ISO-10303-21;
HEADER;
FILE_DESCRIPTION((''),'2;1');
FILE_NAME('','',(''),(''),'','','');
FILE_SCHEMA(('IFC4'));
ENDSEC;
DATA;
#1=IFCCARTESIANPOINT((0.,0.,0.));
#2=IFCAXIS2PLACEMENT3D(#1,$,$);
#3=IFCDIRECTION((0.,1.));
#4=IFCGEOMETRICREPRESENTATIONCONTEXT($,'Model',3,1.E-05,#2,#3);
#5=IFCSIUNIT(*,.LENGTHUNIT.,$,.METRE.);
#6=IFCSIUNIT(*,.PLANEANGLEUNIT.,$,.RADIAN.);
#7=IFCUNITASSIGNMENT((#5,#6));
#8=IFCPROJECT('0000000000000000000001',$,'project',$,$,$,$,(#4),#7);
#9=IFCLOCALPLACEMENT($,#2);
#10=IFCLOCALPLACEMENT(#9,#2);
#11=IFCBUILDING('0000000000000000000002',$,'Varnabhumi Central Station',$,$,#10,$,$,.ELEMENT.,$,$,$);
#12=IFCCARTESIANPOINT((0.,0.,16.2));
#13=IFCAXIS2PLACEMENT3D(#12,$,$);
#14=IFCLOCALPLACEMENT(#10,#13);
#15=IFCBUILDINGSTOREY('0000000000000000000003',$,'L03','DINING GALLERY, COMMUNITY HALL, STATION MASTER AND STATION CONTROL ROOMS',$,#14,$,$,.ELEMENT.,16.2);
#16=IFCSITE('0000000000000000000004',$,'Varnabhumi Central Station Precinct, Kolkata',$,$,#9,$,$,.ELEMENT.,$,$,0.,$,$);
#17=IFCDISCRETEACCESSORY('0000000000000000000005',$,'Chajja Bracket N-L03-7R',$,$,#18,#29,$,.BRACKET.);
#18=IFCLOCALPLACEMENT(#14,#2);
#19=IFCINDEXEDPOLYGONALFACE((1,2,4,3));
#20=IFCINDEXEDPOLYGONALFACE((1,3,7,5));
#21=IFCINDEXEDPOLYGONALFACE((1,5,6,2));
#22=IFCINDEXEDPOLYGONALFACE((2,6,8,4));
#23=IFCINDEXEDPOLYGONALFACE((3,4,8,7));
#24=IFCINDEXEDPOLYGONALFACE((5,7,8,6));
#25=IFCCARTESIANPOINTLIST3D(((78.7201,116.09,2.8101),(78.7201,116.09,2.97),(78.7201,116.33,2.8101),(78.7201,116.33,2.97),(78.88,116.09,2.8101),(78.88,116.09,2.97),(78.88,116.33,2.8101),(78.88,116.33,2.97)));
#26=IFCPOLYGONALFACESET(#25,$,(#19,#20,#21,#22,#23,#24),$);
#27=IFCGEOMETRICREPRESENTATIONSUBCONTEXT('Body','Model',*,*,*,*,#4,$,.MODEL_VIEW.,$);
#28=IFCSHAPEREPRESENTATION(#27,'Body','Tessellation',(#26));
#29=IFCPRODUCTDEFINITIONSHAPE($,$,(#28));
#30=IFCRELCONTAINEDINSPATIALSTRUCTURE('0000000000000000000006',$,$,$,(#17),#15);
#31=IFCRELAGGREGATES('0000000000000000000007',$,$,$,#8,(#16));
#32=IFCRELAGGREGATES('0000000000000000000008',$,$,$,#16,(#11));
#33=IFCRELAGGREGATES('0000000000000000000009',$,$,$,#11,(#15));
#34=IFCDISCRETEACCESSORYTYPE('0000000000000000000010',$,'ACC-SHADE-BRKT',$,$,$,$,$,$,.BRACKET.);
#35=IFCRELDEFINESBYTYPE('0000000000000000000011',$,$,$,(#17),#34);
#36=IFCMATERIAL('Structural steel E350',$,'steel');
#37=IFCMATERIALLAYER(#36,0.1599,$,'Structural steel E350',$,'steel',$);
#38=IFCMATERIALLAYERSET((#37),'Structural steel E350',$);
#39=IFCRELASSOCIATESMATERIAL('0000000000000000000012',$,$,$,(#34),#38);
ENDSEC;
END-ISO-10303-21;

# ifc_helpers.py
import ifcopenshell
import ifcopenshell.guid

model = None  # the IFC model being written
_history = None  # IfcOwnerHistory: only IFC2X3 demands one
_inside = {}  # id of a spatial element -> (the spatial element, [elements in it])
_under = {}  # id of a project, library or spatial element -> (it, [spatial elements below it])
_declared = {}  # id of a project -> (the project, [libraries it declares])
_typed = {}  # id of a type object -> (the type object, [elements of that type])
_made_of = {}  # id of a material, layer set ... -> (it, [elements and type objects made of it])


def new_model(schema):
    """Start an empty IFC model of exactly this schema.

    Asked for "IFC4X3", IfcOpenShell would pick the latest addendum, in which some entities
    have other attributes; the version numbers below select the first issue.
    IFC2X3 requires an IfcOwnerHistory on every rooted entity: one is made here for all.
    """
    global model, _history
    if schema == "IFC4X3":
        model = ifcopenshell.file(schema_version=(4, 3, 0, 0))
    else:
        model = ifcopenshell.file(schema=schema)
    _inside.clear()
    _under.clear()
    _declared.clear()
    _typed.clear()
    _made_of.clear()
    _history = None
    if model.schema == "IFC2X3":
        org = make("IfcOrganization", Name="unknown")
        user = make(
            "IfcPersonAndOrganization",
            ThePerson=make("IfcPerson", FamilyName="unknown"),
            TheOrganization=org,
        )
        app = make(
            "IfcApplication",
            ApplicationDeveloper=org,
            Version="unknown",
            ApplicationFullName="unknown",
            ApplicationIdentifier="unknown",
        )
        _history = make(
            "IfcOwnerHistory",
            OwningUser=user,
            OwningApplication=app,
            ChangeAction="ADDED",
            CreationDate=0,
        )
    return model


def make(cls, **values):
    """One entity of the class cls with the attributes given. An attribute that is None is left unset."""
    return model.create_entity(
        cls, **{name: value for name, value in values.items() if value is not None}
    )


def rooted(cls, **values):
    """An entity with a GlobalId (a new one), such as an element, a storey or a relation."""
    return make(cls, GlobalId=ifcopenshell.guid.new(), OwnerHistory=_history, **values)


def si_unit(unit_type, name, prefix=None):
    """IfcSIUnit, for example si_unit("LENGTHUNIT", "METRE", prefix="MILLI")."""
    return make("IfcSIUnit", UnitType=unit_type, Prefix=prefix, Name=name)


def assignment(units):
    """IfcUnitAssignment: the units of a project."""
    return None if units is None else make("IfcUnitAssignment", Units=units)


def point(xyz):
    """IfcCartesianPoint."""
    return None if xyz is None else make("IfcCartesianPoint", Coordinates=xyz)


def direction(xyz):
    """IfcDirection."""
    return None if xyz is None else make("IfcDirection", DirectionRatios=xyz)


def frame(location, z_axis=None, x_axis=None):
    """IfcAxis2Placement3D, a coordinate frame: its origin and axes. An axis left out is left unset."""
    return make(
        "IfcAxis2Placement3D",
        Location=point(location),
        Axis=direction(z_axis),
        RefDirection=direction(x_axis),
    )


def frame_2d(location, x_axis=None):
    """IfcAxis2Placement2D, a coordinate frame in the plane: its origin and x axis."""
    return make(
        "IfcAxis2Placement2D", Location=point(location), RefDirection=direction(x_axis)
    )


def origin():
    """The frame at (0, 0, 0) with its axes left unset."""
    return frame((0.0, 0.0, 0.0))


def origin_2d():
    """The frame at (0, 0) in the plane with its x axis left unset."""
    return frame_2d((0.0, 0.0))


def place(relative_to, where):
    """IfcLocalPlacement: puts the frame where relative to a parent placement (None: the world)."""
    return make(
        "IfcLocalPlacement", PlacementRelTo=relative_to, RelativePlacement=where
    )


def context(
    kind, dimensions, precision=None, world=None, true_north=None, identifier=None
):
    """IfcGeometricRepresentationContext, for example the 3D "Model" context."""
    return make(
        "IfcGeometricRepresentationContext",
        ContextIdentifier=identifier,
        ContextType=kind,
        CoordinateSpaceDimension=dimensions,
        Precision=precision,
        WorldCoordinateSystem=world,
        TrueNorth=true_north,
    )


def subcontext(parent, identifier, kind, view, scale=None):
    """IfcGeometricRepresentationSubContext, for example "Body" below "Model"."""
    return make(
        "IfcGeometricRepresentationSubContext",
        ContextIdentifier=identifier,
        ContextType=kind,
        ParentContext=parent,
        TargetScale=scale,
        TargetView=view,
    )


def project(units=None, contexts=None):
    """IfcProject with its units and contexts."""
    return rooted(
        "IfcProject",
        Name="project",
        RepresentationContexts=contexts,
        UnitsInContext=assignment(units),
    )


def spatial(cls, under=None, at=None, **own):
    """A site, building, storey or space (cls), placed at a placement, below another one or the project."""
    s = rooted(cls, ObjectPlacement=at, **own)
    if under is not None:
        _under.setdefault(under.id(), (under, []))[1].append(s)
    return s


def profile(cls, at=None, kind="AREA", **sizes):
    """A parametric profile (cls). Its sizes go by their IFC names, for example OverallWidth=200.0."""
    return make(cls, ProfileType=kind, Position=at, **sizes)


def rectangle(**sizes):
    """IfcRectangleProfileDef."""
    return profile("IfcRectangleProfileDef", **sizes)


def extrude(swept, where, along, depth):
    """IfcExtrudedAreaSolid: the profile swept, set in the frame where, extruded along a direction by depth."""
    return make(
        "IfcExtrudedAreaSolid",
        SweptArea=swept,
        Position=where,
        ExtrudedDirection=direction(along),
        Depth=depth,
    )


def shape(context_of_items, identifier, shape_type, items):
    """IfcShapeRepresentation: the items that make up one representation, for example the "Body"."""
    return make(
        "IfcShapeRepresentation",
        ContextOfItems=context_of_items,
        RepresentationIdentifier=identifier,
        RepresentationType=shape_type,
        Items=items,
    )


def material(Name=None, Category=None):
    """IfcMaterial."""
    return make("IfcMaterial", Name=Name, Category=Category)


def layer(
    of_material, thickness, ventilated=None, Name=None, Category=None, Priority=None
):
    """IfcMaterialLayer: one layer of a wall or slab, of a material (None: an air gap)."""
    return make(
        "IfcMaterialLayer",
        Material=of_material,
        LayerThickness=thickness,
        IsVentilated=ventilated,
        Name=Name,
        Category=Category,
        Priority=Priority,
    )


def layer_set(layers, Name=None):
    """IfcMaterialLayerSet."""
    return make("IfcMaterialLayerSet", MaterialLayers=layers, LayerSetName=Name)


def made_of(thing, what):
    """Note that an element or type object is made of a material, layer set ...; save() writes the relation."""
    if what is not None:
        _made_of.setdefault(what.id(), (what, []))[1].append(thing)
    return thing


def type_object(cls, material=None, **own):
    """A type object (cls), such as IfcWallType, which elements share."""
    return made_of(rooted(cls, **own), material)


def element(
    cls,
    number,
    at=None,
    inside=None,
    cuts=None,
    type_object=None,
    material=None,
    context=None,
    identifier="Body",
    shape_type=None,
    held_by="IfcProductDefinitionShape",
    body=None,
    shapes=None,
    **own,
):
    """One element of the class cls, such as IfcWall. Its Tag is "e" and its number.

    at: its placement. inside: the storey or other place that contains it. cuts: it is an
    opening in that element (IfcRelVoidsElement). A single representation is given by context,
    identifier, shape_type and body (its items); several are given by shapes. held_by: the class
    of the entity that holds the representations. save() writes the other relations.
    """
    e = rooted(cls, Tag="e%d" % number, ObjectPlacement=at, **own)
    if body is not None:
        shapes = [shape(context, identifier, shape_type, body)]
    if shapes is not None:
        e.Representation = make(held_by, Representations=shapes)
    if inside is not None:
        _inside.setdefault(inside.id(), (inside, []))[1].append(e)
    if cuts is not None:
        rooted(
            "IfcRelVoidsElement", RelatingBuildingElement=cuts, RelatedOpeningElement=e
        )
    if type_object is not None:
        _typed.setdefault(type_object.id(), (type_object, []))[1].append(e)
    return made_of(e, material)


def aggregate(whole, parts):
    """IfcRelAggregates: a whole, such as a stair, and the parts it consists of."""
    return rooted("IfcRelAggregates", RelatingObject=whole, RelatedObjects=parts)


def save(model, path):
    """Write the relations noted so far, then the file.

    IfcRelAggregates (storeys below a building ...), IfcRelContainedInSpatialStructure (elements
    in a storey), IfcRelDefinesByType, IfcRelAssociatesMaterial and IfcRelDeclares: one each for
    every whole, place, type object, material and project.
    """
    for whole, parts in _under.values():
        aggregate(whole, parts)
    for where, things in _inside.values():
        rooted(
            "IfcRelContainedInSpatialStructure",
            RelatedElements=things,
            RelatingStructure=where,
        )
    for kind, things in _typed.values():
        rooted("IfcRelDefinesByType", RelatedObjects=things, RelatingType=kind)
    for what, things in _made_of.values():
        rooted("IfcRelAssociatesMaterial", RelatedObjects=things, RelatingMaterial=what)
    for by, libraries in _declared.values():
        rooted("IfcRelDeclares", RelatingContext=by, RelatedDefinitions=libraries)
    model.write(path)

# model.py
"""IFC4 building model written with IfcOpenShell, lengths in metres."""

from ifc_helpers import new_model, si_unit, direction, frame, origin, origin_2d, place, context, subcontext, project, spatial, rectangle, extrude, material, layer, layer_set, type_object, element, save


model = new_model("IFC4")

# Units and contexts
model_context = context("Model", 3, precision=1e-05, world=origin(), true_north=direction((0.0, 1.0)))
body_context = subcontext(model_context, "Body", "Model", "MODEL_VIEW")
ifc_project = project(units=[si_unit("LENGTHUNIT", "METRE"), si_unit("PLANEANGLEUNIT", "RADIAN")], contexts=[model_context])

# Site, building, storey
site_placement = place(None, origin())
site = spatial("IfcSite", under=ifc_project, at=site_placement, Name="Varnabhumi Central Station Precinct, Kolkata", CompositionType="ELEMENT", RefElevation=0.0)
building_placement = place(site_placement, origin())
building = spatial("IfcBuilding", under=site, at=building_placement, Name="Varnabhumi Central Station", CompositionType="ELEMENT")
storey_placement = place(building_placement, frame((0.0, 0.0, 16.2)))
storey = spatial("IfcBuildingStorey", under=building, at=storey_placement, Name="L03", Description="DINING GALLERY, COMMUNITY HALL, STATION MASTER AND STATION CONTROL ROOMS", CompositionType="ELEMENT", Elevation=16.2)

# Shared definitions
ifc_material_1 = material(Name="Structural steel E350", Category="steel")

# Discrete accessory
ifc_layer_1 = layer(ifc_material_1, 0.1599, Name="Structural steel E350", Category="steel")
ifc_layer_set_1 = layer_set([ifc_layer_1], Name="Structural steel E350")
discrete_accessory_type = type_object("IfcDiscreteAccessoryType", Name="ACC-SHADE-BRKT", PredefinedType="BRACKET", material=ifc_layer_set_1)
discrete_accessory_placement = place(storey_placement, frame((78.8, 116.21, 2.8101), z_axis=(0.0, 0.0, 1.0), x_axis=(1.0, 0.0, 0.0)))
element("IfcDiscreteAccessory", 1, at=discrete_accessory_placement, inside=storey, type_object=discrete_accessory_type, Name="Chajja Bracket N-L03-7R", PredefinedType="BRACKET", context=body_context, shape_type="SweptSolid", body=[
    extrude(rectangle(XDim=0.1599, YDim=0.24, at=origin_2d()), origin(), (0.0, 0.0, 1.0), 0.1599),
])

save(model, "model.ifc")
